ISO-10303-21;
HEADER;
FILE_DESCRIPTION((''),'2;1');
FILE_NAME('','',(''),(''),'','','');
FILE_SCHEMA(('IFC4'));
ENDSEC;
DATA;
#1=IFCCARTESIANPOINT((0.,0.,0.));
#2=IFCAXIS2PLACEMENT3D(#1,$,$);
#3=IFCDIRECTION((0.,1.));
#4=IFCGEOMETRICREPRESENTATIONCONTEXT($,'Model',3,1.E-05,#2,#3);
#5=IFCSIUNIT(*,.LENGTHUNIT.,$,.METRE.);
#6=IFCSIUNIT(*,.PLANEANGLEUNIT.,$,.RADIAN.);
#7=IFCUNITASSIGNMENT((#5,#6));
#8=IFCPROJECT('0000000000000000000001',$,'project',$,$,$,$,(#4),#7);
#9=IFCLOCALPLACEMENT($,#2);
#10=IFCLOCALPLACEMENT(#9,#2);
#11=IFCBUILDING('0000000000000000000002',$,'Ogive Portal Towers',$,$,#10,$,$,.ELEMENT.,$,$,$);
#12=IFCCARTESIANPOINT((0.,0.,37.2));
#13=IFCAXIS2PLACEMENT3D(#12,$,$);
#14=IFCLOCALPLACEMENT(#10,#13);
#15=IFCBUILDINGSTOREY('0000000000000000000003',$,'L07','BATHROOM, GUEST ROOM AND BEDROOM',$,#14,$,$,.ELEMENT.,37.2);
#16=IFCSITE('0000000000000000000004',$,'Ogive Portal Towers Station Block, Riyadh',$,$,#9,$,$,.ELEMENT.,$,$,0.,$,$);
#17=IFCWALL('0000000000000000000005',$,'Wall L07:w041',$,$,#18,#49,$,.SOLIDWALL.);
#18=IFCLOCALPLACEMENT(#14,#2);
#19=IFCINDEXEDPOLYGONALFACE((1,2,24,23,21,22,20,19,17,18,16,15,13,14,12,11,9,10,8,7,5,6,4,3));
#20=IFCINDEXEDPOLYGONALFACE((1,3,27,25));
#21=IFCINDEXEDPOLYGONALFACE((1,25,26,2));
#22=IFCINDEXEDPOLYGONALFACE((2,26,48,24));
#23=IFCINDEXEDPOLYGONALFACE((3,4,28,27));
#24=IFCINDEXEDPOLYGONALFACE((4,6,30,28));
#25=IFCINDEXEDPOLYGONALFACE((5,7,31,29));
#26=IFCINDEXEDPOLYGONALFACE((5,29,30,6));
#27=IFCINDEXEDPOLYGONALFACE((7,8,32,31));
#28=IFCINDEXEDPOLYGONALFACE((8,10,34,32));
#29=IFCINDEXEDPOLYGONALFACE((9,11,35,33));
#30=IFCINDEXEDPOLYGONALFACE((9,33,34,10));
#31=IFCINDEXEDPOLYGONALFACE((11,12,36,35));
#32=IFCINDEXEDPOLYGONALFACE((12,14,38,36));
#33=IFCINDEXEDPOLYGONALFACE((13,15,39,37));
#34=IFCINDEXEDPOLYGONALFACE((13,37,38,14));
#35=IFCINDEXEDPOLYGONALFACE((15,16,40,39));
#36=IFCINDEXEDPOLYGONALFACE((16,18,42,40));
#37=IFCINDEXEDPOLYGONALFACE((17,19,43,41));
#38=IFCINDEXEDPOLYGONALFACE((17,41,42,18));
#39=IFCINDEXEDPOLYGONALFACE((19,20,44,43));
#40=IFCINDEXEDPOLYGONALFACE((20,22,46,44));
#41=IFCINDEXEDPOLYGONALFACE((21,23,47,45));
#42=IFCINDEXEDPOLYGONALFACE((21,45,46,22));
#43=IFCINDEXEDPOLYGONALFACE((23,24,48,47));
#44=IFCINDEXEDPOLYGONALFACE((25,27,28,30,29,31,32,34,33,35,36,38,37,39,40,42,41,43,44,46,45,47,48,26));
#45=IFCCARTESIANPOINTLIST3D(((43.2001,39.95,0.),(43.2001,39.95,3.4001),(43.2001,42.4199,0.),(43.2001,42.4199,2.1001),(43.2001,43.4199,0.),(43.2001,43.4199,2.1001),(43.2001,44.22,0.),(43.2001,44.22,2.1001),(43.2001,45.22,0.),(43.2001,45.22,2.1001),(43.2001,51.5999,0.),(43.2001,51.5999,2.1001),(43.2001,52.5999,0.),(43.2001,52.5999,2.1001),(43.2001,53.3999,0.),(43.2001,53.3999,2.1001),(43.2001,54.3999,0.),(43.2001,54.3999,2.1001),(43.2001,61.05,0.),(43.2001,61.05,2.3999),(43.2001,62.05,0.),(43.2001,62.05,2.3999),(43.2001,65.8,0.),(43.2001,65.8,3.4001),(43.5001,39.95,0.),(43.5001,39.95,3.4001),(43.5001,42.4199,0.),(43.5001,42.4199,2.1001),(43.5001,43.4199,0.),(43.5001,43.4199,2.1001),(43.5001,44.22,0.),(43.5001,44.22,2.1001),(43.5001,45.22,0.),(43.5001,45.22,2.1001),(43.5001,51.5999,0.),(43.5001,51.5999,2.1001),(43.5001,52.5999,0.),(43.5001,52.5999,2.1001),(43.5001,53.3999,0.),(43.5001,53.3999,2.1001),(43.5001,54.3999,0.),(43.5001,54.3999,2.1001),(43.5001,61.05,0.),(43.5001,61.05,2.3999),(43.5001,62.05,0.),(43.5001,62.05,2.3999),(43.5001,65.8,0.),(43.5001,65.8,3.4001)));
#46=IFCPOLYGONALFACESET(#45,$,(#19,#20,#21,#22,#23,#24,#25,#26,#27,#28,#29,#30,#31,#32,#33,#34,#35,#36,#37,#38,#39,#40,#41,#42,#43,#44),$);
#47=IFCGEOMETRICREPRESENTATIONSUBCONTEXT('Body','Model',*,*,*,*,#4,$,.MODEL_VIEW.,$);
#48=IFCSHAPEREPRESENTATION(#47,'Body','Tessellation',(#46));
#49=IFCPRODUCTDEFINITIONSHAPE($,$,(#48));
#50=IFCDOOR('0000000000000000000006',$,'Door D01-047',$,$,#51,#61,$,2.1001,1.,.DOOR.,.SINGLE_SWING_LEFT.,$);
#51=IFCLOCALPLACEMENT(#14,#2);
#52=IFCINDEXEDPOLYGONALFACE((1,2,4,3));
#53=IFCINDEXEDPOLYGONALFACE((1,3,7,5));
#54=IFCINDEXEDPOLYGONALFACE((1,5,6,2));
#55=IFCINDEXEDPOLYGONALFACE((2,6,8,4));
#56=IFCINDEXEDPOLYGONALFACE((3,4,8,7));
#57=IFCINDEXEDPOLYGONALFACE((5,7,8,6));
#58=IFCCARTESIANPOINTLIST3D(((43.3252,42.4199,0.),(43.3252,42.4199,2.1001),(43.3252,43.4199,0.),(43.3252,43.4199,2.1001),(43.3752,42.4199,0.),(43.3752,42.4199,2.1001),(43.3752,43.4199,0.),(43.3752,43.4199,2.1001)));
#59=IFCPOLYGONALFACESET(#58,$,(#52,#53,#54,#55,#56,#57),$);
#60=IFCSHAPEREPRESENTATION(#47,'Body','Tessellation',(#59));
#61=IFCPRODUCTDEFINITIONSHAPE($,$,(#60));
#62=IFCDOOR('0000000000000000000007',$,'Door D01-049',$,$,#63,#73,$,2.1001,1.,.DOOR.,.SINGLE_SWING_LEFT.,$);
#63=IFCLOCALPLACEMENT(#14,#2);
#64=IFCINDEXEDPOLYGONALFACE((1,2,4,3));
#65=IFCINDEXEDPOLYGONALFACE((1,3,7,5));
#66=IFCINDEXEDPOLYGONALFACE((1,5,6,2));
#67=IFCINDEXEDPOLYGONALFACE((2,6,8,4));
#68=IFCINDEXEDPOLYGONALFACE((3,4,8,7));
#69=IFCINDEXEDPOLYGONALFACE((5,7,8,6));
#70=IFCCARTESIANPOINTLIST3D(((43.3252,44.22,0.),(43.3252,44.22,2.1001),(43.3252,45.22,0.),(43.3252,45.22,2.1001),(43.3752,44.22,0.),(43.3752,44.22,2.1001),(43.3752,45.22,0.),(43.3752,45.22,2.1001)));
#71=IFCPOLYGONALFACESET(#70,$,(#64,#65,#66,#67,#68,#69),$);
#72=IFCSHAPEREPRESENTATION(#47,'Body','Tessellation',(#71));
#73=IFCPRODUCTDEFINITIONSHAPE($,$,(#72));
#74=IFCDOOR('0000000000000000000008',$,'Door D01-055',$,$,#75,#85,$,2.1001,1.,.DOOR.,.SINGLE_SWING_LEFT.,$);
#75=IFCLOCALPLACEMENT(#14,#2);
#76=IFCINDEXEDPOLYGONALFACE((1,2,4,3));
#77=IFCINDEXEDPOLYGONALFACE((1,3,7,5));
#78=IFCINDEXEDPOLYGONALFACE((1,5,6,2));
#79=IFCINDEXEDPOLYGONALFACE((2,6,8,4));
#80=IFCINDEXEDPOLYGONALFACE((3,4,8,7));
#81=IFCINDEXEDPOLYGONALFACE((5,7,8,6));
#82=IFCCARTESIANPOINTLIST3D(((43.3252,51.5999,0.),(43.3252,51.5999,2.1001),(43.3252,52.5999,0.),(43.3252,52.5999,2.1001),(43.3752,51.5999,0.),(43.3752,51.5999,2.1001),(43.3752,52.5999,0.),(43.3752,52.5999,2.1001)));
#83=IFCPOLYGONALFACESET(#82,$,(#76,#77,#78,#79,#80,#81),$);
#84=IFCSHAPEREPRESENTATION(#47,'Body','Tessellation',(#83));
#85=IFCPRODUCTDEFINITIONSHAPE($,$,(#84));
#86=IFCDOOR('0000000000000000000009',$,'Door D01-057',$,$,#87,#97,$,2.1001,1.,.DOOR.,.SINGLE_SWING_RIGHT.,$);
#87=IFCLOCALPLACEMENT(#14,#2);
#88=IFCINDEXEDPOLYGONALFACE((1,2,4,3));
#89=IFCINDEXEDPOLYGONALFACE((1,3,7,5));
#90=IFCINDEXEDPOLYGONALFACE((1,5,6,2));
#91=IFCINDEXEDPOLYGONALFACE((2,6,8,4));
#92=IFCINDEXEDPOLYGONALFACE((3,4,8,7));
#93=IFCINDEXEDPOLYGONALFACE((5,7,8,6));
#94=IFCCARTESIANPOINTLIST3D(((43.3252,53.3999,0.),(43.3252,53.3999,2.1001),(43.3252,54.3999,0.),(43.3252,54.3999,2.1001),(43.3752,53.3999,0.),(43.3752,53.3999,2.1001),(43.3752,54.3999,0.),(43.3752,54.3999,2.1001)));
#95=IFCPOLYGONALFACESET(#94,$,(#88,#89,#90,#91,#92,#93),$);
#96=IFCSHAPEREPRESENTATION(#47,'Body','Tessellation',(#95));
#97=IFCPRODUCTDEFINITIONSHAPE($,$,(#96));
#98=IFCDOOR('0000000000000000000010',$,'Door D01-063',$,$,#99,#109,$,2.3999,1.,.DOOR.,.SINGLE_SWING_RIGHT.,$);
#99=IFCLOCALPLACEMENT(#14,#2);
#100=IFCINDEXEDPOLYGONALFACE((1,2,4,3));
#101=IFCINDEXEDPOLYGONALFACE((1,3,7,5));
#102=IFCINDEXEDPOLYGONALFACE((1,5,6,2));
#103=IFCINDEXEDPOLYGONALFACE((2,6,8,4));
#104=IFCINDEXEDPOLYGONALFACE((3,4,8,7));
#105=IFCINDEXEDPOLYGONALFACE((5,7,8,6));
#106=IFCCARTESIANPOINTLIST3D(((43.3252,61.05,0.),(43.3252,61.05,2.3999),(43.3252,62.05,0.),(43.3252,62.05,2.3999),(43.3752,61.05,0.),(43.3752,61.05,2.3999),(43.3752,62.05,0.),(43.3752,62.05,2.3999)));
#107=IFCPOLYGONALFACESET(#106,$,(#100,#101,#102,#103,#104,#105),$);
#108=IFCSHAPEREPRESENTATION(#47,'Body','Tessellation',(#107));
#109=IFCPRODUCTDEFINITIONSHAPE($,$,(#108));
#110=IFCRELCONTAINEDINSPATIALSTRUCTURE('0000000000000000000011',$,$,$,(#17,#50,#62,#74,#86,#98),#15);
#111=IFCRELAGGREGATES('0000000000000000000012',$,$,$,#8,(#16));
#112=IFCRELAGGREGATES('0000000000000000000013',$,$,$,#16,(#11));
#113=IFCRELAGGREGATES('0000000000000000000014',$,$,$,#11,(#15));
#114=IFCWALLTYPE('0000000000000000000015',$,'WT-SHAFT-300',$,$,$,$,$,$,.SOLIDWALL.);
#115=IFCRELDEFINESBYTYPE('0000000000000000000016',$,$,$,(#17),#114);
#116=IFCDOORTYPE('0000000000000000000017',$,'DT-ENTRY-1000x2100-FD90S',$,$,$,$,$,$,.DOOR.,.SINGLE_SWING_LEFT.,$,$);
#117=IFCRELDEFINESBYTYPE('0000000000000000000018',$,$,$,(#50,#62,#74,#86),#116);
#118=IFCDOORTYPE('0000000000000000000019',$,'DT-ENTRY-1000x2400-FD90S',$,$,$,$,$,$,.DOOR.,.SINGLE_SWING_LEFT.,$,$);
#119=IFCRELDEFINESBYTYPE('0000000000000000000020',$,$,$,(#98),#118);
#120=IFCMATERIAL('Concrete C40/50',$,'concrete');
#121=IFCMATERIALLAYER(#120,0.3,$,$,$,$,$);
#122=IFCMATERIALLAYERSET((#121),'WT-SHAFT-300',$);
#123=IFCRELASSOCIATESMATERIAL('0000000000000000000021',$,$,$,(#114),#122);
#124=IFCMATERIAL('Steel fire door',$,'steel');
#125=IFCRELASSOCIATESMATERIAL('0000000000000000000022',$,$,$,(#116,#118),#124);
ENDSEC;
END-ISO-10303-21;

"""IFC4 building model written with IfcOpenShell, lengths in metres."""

from ifc_helpers import new_model, si_unit, direction, frame, frame_2d, origin, place, context, subcontext, project, spatial, rectangle, extrude, material, layer, layer_set, type_object, element, fill, save


model = new_model("IFC4")

# Units and contexts
model_context = context("Model", 3, precision=1e-05, world=origin(), true_north=direction((0.0, 1.0)))
body_context = subcontext(model_context, "Body", "Model", "MODEL_VIEW")
ifc_project = project(units=[si_unit("LENGTHUNIT", "METRE"), si_unit("PLANEANGLEUNIT", "RADIAN")], contexts=[model_context])

# Site, building, storey
site_placement = place(None, origin())
site = spatial("IfcSite", under=ifc_project, at=site_placement, Name="Ogive Portal Towers Station Block, Riyadh", CompositionType="ELEMENT", RefElevation=0.0)
building_placement = place(site_placement, origin())
building = spatial("IfcBuilding", under=site, at=building_placement, Name="Ogive Portal Towers", CompositionType="ELEMENT")
storey_placement = place(building_placement, frame((0.0, 0.0, 37.2)))
storey = spatial("IfcBuildingStorey", under=building, at=storey_placement, Name="L07", Description="BATHROOM, GUEST ROOM AND BEDROOM", CompositionType="ELEMENT", Elevation=37.2)

# Wall, openings, doors
ifc_material_1 = material(Name="Steel fire door", Category="steel")
ifc_material_2 = material(Name="Concrete C40/50", Category="concrete")
ifc_layer_1 = layer(ifc_material_2, 0.3)
ifc_layer_set_1 = layer_set([ifc_layer_1], Name="WT-SHAFT-300")
wall_type_1 = type_object("IfcWallType", Name="WT-SHAFT-300", PredefinedType="SOLIDWALL", material=ifc_layer_set_1)
wall_1_placement = place(storey_placement, frame((43.3501, 39.95, 0.0), z_axis=(0.0, 0.0, 1.0), x_axis=(0.0, 1.0, 0.0)))
wall_1 = element("IfcWall", 1, at=wall_1_placement, inside=storey, type_object=wall_type_1, Name="Wall L07:w041", PredefinedType="SOLIDWALL", context=body_context, shape_type="SweptSolid", body=[
    extrude(rectangle(XDim=25.8501, YDim=0.3, at=frame_2d((12.925, 0.0))), origin(), (0.0, 0.0, 1.0), 3.4001),
])
opening_1_placement = place(wall_1_placement, frame((2.47, 0.0, 0.0)))
opening_1 = element("IfcOpeningElement", 2, at=opening_1_placement, cuts=wall_1, PredefinedType="OPENING", context=body_context, shape_type="SweptSolid", body=[
    extrude(rectangle(XDim=1.0, YDim=2.1001, at=frame_2d((0.5, 1.05))), frame((0.0, 0.1602, 0.0), z_axis=(0.0, -1.0, 0.0), x_axis=(1.0, 0.0, 0.0)), (0.0, 0.0, 1.0), 0.3201),
])
opening_2_placement = place(wall_1_placement, frame((4.27, 0.0, 0.0)))
opening_2 = element("IfcOpeningElement", 3, at=opening_2_placement, cuts=wall_1, PredefinedType="OPENING", context=body_context, shape_type="SweptSolid", body=[
    extrude(rectangle(XDim=1.0, YDim=2.1001, at=frame_2d((0.5, 1.05))), frame((0.0, 0.1602, 0.0), z_axis=(0.0, -1.0, 0.0), x_axis=(1.0, 0.0, 0.0)), (0.0, 0.0, 1.0), 0.3201),
])
opening_3_placement = place(wall_1_placement, frame((11.6499, 0.0, 0.0)))
opening_3 = element("IfcOpeningElement", 4, at=opening_3_placement, cuts=wall_1, PredefinedType="OPENING", context=body_context, shape_type="SweptSolid", body=[
    extrude(rectangle(XDim=1.0, YDim=2.1001, at=frame_2d((0.5, 1.05))), frame((0.0, 0.1602, 0.0), z_axis=(0.0, -1.0, 0.0), x_axis=(1.0, 0.0, 0.0)), (0.0, 0.0, 1.0), 0.3201),
])
opening_4_placement = place(wall_1_placement, frame((13.45, 0.0, 0.0)))
opening_4 = element("IfcOpeningElement", 5, at=opening_4_placement, cuts=wall_1, PredefinedType="OPENING", context=body_context, shape_type="SweptSolid", body=[
    extrude(rectangle(XDim=1.0, YDim=2.1001, at=frame_2d((0.5, 1.05))), frame((0.0, 0.1602, 0.0), z_axis=(0.0, -1.0, 0.0), x_axis=(1.0, 0.0, 0.0)), (0.0, 0.0, 1.0), 0.3201),
])
opening_5_placement = place(wall_1_placement, frame((21.1001, 0.0, 0.0)))
opening_5 = element("IfcOpeningElement", 6, at=opening_5_placement, cuts=wall_1, PredefinedType="OPENING", context=body_context, shape_type="SweptSolid", body=[
    extrude(rectangle(XDim=1.0, YDim=2.3999, at=frame_2d((0.5, 1.2))), frame((0.0, 0.1602, 0.0), z_axis=(0.0, -1.0, 0.0), x_axis=(1.0, 0.0, 0.0)), (0.0, 0.0, 1.0), 0.3201),
])
door_type_1 = type_object("IfcDoorType", Name="DT-ENTRY-1000x2100-FD90S", OperationType="SINGLE_SWING_LEFT", PredefinedType="DOOR", material=ifc_material_1)
door_1_placement = place(opening_1_placement, origin())
door_1 = element("IfcDoor", 7, at=door_1_placement, inside=storey, type_object=door_type_1, Name="Door D01-047", OperationType="SINGLE_SWING_LEFT", OverallHeight=2.1001, OverallWidth=1.0, PredefinedType="DOOR", context=body_context, shape_type="SweptSolid", body=[
    extrude(rectangle(XDim=1.0, YDim=2.1001, at=frame_2d((0.5, 1.05))), frame((0.0, 0.0249, 0.0), z_axis=(0.0, -1.0, 0.0), x_axis=(1.0, 0.0, 0.0)), (0.0, 0.0, 1.0), 0.05),
])
fill(opening_1, door_1)
door_2_placement = place(opening_2_placement, origin())
door_2 = element("IfcDoor", 8, at=door_2_placement, inside=storey, type_object=door_type_1, Name="Door D01-049", OperationType="SINGLE_SWING_LEFT", OverallHeight=2.1001, OverallWidth=1.0, PredefinedType="DOOR", context=body_context, shape_type="SweptSolid", body=[
    extrude(rectangle(XDim=1.0, YDim=2.1001, at=frame_2d((0.5, 1.05))), frame((0.0, 0.0249, 0.0), z_axis=(0.0, -1.0, 0.0), x_axis=(1.0, 0.0, 0.0)), (0.0, 0.0, 1.0), 0.05),
])
fill(opening_2, door_2)
door_3_placement = place(opening_3_placement, origin())
door_3 = element("IfcDoor", 9, at=door_3_placement, inside=storey, type_object=door_type_1, Name="Door D01-055", OperationType="SINGLE_SWING_LEFT", OverallHeight=2.1001, OverallWidth=1.0, PredefinedType="DOOR", context=body_context, shape_type="SweptSolid", body=[
    extrude(rectangle(XDim=1.0, YDim=2.1001, at=frame_2d((0.5, 1.05))), frame((0.0, 0.0249, 0.0), z_axis=(0.0, -1.0, 0.0), x_axis=(1.0, 0.0, 0.0)), (0.0, 0.0, 1.0), 0.05),
])
fill(opening_3, door_3)
door_4_placement = place(opening_4_placement, origin())
door_4 = element("IfcDoor", 10, at=door_4_placement, inside=storey, type_object=door_type_1, Name="Door D01-057", OperationType="SINGLE_SWING_RIGHT", OverallHeight=2.1001, OverallWidth=1.0, PredefinedType="DOOR", context=body_context, shape_type="SweptSolid", body=[
    extrude(rectangle(XDim=1.0, YDim=2.1001, at=frame_2d((0.5, 1.05))), frame((0.0, 0.0249, 0.0), z_axis=(0.0, -1.0, 0.0), x_axis=(1.0, 0.0, 0.0)), (0.0, 0.0, 1.0), 0.05),
])
fill(opening_4, door_4)
door_type_2 = type_object("IfcDoorType", Name="DT-ENTRY-1000x2400-FD90S", OperationType="SINGLE_SWING_LEFT", PredefinedType="DOOR", material=ifc_material_1)
door_5_placement = place(opening_5_placement, origin())
door_5 = element("IfcDoor", 11, at=door_5_placement, inside=storey, type_object=door_type_2, Name="Door D01-063", OperationType="SINGLE_SWING_RIGHT", OverallHeight=2.3999, OverallWidth=1.0, PredefinedType="DOOR", context=body_context, shape_type="SweptSolid", body=[
    extrude(rectangle(XDim=1.0, YDim=2.3999, at=frame_2d((0.5, 1.2))), frame((0.0, 0.0249, 0.0), z_axis=(0.0, -1.0, 0.0), x_axis=(1.0, 0.0, 0.0)), (0.0, 0.0, 1.0), 0.05),
])
fill(opening_5, door_5)

save(model, "model.ifc")
